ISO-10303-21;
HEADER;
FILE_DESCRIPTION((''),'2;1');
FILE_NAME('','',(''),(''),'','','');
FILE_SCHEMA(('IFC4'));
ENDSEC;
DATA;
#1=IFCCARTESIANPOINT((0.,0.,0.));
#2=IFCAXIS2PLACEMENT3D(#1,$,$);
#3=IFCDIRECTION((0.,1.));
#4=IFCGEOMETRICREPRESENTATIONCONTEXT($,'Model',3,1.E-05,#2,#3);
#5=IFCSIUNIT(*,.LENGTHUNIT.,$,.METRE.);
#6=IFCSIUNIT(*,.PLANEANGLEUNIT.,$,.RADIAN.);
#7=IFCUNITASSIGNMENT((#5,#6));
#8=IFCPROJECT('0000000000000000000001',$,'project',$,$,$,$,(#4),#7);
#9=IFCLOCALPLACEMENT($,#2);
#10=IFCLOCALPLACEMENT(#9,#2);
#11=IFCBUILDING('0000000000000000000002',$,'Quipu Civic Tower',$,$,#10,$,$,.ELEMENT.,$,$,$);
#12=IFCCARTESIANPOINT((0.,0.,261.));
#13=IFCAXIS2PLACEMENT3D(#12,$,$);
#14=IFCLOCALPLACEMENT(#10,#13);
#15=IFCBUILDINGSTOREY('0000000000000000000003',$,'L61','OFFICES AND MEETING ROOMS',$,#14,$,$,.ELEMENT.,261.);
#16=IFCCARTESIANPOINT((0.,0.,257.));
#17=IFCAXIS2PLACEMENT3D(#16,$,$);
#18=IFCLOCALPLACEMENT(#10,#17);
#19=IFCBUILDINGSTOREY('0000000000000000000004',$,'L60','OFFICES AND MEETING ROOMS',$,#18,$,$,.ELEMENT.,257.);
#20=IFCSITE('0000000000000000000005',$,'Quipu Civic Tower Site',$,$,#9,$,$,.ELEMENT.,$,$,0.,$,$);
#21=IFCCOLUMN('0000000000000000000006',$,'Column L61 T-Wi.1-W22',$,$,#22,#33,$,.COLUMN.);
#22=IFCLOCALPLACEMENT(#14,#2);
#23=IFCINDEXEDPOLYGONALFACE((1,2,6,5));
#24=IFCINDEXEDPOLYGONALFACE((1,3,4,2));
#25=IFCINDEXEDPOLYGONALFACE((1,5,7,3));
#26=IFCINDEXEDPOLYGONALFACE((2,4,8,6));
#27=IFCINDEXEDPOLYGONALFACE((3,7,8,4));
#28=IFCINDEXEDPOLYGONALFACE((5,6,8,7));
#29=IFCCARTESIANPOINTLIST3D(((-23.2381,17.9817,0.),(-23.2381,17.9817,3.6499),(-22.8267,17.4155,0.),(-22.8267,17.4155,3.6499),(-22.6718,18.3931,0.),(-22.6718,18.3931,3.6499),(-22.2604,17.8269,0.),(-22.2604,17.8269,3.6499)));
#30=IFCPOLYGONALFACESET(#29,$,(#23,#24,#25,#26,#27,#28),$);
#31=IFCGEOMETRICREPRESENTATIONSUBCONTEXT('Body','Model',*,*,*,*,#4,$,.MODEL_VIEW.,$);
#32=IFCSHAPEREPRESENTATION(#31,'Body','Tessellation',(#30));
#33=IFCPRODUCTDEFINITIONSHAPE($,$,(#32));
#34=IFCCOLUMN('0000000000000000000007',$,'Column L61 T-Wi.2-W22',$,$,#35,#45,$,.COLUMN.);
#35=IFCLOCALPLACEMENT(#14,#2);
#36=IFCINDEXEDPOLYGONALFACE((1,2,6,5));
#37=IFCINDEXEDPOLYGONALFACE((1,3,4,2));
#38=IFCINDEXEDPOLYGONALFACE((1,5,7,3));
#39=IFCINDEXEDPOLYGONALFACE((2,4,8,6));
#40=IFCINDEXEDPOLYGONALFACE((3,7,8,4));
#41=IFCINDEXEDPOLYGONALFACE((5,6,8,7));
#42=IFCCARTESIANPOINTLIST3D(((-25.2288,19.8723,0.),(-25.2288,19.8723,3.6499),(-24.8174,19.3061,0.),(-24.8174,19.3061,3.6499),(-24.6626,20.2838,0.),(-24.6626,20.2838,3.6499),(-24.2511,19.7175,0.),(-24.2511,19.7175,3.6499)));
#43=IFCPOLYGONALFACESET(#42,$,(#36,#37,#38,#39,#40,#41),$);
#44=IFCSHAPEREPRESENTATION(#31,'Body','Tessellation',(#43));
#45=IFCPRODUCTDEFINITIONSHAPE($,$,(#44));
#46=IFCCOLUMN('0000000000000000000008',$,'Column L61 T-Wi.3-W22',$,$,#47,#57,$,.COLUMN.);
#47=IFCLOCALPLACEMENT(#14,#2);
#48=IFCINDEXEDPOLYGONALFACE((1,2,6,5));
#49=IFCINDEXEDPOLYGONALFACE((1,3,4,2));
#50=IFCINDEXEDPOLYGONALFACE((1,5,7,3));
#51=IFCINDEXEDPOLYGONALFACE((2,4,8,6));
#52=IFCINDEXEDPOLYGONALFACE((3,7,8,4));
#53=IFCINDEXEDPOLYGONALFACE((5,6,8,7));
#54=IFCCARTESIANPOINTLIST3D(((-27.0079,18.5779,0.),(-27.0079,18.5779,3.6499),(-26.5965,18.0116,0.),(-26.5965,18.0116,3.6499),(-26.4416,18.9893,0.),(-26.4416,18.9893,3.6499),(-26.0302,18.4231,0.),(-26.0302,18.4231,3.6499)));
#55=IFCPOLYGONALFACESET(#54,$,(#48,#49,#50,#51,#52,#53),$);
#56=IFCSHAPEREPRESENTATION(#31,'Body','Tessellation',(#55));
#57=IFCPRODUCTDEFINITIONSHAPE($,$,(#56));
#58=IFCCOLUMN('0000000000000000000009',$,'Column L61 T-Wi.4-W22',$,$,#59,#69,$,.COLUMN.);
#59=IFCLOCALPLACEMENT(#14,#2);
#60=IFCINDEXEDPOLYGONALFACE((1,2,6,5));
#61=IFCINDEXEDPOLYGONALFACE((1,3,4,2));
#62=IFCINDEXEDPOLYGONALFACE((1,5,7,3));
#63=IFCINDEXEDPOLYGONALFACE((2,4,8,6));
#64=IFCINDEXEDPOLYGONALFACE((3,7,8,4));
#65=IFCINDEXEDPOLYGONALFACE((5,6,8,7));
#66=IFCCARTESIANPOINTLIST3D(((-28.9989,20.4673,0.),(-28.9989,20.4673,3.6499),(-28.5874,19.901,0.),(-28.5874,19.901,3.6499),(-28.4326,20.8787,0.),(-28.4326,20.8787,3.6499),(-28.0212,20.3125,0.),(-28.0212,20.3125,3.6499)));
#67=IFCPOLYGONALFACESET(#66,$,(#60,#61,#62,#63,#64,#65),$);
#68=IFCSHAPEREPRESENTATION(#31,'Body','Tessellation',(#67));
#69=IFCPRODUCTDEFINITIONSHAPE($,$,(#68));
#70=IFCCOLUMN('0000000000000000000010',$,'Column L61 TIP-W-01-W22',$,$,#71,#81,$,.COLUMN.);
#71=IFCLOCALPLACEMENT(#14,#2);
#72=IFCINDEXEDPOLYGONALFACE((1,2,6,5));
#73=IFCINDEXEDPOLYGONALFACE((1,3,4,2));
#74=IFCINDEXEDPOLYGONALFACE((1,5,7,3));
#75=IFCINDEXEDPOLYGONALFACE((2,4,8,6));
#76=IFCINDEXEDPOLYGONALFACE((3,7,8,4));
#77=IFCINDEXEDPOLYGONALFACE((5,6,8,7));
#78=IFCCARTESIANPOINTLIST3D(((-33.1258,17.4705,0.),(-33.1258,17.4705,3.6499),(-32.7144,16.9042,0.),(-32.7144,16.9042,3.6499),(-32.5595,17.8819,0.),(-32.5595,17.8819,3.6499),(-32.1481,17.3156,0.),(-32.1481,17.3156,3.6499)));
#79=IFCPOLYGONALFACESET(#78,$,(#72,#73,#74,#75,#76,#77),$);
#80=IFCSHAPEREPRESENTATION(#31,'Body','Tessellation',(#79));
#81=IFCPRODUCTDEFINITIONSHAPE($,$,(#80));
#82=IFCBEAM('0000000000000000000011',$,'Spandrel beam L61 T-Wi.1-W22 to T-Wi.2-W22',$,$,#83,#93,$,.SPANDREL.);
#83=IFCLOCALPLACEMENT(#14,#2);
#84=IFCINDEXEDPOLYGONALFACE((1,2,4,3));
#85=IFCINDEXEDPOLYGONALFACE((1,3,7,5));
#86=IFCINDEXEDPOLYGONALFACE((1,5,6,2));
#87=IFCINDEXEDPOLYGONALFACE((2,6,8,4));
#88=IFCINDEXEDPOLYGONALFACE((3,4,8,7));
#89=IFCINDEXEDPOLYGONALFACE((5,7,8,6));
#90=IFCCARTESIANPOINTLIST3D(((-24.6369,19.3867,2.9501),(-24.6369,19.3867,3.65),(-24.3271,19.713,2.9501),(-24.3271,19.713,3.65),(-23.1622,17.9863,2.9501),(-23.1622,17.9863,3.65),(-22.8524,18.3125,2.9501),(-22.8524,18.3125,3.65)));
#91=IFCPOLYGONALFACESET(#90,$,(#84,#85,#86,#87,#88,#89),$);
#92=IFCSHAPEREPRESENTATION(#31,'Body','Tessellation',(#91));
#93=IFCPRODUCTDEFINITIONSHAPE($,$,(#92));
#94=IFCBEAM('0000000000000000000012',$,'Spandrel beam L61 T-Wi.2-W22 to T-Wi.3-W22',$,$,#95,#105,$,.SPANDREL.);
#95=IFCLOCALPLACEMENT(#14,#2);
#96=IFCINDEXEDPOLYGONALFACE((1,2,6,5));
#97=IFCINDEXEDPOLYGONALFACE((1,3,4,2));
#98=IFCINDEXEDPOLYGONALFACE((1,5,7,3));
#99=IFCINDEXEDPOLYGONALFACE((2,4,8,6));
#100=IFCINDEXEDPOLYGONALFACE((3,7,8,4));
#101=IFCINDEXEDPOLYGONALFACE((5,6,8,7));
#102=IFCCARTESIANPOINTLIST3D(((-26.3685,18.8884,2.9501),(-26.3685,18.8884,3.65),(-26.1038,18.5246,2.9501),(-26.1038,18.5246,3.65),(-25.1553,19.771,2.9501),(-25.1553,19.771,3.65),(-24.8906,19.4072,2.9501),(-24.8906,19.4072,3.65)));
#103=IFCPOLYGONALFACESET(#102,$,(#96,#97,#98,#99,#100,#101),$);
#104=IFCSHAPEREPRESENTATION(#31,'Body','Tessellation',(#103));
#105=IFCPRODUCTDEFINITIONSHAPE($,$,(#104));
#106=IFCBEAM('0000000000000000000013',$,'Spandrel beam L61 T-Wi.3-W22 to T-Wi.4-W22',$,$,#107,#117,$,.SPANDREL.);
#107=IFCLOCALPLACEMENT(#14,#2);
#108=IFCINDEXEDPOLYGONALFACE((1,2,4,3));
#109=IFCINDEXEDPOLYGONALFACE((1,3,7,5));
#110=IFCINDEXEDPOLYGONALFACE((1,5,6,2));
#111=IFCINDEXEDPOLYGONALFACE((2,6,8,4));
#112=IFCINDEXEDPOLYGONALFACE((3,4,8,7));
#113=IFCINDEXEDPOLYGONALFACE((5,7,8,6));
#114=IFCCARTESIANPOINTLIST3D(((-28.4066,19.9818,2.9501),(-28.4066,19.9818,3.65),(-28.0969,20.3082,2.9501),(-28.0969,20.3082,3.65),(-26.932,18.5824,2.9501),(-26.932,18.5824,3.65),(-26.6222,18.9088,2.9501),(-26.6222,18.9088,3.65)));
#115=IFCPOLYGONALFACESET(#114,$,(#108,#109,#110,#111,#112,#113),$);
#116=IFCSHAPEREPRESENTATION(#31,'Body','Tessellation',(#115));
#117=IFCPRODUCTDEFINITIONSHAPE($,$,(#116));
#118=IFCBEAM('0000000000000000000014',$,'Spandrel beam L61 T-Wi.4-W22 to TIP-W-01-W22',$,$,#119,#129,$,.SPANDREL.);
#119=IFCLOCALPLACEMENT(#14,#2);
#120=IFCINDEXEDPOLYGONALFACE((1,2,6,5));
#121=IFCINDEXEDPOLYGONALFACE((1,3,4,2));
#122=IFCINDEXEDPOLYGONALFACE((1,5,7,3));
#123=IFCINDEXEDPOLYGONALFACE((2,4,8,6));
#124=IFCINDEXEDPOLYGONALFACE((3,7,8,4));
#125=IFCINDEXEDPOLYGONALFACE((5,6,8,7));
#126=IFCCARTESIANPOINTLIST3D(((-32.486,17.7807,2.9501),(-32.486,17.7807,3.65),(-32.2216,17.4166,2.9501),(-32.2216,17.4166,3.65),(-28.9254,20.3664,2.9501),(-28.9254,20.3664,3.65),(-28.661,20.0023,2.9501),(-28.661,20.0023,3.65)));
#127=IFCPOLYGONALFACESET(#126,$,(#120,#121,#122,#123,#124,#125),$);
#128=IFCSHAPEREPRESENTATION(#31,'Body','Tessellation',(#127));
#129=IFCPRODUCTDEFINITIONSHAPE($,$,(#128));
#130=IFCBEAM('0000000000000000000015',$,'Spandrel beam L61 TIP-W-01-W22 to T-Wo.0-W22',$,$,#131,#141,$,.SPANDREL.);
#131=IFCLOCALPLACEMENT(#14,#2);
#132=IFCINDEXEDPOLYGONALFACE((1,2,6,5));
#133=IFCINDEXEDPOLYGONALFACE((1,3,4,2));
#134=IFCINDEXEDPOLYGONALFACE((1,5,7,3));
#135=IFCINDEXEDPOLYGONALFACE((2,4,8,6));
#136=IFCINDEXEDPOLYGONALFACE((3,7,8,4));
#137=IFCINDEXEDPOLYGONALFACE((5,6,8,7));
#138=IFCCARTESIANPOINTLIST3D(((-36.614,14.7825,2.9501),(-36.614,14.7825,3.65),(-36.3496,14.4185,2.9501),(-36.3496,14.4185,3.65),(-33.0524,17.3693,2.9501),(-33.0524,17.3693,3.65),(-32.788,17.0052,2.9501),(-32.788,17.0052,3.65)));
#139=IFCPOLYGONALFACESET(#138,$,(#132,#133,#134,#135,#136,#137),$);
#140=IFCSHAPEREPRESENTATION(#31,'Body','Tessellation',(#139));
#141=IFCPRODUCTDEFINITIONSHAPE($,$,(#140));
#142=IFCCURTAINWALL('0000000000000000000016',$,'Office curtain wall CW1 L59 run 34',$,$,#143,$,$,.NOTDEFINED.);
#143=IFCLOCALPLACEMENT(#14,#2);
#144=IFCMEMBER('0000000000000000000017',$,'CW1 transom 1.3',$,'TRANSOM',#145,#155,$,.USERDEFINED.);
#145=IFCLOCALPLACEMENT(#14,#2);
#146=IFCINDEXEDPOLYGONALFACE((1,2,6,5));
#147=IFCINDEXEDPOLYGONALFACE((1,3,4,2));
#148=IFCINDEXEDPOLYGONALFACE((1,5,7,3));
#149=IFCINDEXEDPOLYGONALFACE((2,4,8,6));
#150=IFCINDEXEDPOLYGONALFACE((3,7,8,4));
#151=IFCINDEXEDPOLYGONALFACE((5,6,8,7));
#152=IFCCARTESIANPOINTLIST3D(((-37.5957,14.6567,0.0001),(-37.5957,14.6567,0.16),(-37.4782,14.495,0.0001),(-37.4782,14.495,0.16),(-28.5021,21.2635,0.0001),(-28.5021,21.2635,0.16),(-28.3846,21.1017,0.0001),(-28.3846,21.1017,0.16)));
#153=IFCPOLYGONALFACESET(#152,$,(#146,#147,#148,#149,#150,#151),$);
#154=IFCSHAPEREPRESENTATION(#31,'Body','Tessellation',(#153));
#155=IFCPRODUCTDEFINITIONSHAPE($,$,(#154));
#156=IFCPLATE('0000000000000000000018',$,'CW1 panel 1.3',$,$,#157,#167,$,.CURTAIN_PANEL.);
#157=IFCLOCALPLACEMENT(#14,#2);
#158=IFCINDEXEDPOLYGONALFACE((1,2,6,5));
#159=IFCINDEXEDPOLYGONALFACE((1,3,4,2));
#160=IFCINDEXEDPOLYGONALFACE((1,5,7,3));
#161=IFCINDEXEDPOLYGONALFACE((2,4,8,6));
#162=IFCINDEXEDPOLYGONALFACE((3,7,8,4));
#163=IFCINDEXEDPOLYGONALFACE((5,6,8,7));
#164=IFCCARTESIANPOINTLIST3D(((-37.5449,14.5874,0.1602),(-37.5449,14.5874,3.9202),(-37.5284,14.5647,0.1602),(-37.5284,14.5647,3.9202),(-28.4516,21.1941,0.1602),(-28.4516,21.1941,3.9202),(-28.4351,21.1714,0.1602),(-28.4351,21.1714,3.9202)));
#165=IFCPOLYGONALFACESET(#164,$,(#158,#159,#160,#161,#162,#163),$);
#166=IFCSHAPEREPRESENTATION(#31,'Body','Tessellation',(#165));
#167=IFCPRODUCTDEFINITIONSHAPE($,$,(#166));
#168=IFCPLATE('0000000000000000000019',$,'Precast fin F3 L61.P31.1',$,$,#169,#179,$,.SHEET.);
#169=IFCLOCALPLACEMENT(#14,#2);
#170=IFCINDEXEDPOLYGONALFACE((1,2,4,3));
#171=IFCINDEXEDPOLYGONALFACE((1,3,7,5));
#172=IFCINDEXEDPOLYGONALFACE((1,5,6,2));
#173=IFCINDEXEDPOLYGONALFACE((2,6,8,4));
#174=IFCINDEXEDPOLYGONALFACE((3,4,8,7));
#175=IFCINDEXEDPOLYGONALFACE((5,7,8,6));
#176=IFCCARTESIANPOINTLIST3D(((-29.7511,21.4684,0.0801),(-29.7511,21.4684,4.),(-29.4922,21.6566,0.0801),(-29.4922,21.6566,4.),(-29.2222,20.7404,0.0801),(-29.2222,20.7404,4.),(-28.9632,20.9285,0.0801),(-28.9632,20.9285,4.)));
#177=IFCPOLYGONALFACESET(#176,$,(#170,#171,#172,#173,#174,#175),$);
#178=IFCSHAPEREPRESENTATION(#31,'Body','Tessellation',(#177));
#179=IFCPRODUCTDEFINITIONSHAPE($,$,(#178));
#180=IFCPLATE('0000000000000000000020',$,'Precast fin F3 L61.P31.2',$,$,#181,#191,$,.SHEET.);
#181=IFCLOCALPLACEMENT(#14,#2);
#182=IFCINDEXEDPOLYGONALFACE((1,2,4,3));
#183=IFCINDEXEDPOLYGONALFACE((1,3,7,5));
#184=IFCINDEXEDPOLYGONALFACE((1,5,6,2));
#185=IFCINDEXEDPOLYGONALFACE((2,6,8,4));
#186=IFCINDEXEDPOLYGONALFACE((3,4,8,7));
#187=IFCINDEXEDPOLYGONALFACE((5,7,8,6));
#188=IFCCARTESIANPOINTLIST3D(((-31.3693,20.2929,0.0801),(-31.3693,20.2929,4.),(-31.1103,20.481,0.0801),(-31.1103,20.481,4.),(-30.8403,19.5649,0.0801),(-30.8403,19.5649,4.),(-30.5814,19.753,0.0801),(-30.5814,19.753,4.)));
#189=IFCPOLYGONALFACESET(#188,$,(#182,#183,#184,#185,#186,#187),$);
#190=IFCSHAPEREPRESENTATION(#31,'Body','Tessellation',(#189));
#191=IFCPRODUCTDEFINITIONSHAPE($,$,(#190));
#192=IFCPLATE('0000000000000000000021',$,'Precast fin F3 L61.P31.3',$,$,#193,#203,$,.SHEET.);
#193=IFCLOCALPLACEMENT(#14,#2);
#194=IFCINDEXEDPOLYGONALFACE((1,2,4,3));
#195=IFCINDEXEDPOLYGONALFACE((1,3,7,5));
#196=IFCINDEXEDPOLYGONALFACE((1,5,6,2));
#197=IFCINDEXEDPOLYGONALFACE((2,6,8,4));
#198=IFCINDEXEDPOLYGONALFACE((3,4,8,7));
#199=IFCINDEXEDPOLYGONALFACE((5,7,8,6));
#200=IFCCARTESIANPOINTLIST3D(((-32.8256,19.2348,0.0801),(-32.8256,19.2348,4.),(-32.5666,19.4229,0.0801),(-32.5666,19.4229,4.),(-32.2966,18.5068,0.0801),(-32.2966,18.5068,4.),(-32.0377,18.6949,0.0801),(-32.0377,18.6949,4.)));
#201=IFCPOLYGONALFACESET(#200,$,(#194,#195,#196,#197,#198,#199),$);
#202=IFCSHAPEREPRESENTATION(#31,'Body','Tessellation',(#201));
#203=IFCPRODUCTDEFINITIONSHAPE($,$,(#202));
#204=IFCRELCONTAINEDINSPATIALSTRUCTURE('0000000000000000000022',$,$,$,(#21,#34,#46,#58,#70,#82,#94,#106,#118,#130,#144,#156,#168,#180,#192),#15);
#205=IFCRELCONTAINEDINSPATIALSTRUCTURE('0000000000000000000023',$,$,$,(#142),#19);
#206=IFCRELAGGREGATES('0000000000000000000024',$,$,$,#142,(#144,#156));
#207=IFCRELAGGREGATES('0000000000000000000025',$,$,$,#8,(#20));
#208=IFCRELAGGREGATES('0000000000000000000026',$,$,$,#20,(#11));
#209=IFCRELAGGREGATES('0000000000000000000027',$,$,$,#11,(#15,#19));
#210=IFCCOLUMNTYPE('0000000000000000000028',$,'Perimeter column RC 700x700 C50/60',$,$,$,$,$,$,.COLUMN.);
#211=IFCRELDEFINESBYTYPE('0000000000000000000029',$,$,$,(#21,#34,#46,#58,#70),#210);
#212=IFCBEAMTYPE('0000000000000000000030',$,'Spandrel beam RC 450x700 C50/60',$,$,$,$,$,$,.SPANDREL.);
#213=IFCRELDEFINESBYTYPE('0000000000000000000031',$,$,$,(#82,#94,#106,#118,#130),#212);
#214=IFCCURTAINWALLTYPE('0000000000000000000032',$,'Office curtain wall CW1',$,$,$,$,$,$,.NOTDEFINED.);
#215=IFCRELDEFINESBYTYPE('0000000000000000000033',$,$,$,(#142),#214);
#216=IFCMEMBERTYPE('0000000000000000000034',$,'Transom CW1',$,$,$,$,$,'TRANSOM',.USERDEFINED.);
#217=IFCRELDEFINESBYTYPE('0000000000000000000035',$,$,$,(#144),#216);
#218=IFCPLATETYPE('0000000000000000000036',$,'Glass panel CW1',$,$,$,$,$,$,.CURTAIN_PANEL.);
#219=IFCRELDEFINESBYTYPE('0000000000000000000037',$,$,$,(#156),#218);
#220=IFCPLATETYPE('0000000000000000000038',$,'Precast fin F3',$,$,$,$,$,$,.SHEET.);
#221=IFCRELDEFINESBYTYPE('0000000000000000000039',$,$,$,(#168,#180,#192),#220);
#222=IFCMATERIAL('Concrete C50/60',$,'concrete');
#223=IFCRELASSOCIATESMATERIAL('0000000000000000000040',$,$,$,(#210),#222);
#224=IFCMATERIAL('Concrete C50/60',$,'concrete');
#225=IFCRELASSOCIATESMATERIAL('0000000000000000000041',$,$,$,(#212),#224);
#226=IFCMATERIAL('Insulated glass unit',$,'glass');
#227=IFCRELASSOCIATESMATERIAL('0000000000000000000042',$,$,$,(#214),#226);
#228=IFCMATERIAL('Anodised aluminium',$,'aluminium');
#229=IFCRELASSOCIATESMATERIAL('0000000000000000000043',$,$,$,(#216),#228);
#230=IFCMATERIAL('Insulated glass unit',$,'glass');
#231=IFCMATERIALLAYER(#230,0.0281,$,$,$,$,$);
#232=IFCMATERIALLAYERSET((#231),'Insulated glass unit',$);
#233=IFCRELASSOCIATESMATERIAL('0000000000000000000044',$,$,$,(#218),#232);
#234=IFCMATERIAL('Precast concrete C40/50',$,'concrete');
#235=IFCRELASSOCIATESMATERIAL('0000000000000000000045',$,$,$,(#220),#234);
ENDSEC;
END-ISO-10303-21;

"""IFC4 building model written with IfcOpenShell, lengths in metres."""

from ifc_helpers import new_model, si_unit, direction, frame, origin, origin_2d, place, context, subcontext, project, spatial, rectangle, extrude, material, layer, layer_set, material_profile, profile_set, type_object, element, aggregate, save


model = new_model("IFC4")

# Units and contexts
model_context = context("Model", 3, precision=1e-05, world=origin(), true_north=direction((0.0, 1.0)))
body_context = subcontext(model_context, "Body", "Model", "MODEL_VIEW")
ifc_project = project(units=[si_unit("LENGTHUNIT", "METRE"), si_unit("PLANEANGLEUNIT", "RADIAN")], contexts=[model_context])

# Site, building, storey
site_placement = place(None, origin())
site = spatial("IfcSite", under=ifc_project, at=site_placement, Name="Quipu Civic Tower Site", CompositionType="ELEMENT", RefElevation=0.0)
building_placement = place(site_placement, origin())
building = spatial("IfcBuilding", under=site, at=building_placement, Name="Quipu Civic Tower", CompositionType="ELEMENT")
storey_1_placement = place(building_placement, frame((0.0, 0.0, 261.0)))
storey_1 = spatial("IfcBuildingStorey", under=building, at=storey_1_placement, Name="L61", Description="OFFICES AND MEETING ROOMS", CompositionType="ELEMENT", Elevation=261.0)

# Columns
ifc_material_1 = material(Name="Concrete C50/60", Category="concrete")
ifc_material_profile_1 = material_profile(ifc_material_1, rectangle(XDim=0.7, YDim=0.7, at=origin_2d()), Name="RC700x700")
ifc_profile_set_1 = profile_set([ifc_material_profile_1], Name="Concrete C50/60")
column_type = type_object("IfcColumnType", Name="Perimeter column RC 700x700 C50/60", PredefinedType="COLUMN", material=ifc_profile_set_1)
for number, where, z_axis, x_axis, name in (
    (1, (-22.7493, 17.9043, 0.0), (0.0, 0.0, 1.0), (-0.587785, 0.809017, 0.0), "Column L61 T-Wi.1-W22"),
    (2, (-24.74, 19.7949, 0.0), (0.0, 0.0, 1.0), (-0.587785, 0.809017, 0.0), "Column L61 T-Wi.2-W22"),
    (3, (-26.519, 18.5005, 0.0), (0.0, 0.0, 1.0), (-0.587785, 0.809017, 0.0), "Column L61 T-Wi.3-W22"),
    (4, (-28.51, 20.3899, 0.0), (0.0, 0.0, 1.0), (-0.809017, -0.587785, 0.0), "Column L61 T-Wi.4-W22"),
    (5, (-32.637, 17.3931, 0.0), (0.0, 0.0, 1.0), (-0.809017, -0.587785, 0.0), "Column L61 TIP-W-01-W22"),
):
    element("IfcColumn", number, at=place(storey_1_placement, frame(where, z_axis=z_axis, x_axis=x_axis)), inside=storey_1, type_object=column_type, Name=name, PredefinedType="COLUMN", context=body_context, shape_type="SweptSolid", body=[
        extrude(rectangle(XDim=0.7, YDim=0.7, at=origin_2d()), origin(), (0.0, 0.0, 1.0), 3.6499),
    ])

# Beams
ifc_material_2 = material(Name="Concrete C50/60", Category="concrete")
ifc_material_profile_2 = material_profile(ifc_material_2, rectangle(XDim=0.45, YDim=0.7, at=origin_2d()), Name="RC450x700")
ifc_profile_set_2 = profile_set([ifc_material_profile_2], Name="Concrete C50/60")
beam_type = type_object("IfcBeamType", Name="Spandrel beam RC 450x700 C50/60", PredefinedType="SPANDREL", material=ifc_profile_set_2)
beam_1_placement = place(storey_1_placement, frame((-23.0073, 18.1494, 3.3), z_axis=(-0.725119, 0.688623, 0.0), x_axis=(-0.688623, -0.725119, 0.0)))
element("IfcBeam", 6, at=beam_1_placement, inside=storey_1, type_object=beam_type, Name="Spandrel beam L61 T-Wi.1-W22 to T-Wi.2-W22", PredefinedType="SPANDREL", context=body_context, shape_type="SweptSolid", body=[
    extrude(rectangle(XDim=0.45, YDim=0.7, at=origin_2d()), origin(), (0.0, 0.0, 1.0), 2.0337),
])
beam_2_placement = place(storey_1_placement, frame((-25.0229, 19.5891, 3.3), z_axis=(-0.808645, -0.588297, 0.0), x_axis=(0.588297, -0.808645, 0.0)))
element("IfcBeam", 7, at=beam_2_placement, inside=storey_1, type_object=beam_type, Name="Spandrel beam L61 T-Wi.2-W22 to T-Wi.3-W22", PredefinedType="SPANDREL", context=body_context, shape_type="SweptSolid", body=[
    extrude(rectangle(XDim=0.45, YDim=0.7, at=origin_2d()), origin(), (0.0, 0.0, 1.0), 1.5002),
])
beam_3_placement = place(storey_1_placement, frame((-26.7771, 18.7456, 3.3), z_axis=(-0.725359, 0.688371, 0.0), x_axis=(-0.688371, -0.725359, 0.0)))
element("IfcBeam", 8, at=beam_3_placement, inside=storey_1, type_object=beam_type, Name="Spandrel beam L61 T-Wi.3-W22 to T-Wi.4-W22", PredefinedType="SPANDREL", context=body_context, shape_type="SweptSolid", body=[
    extrude(rectangle(XDim=0.45, YDim=0.7, at=origin_2d()), origin(), (0.0, 0.0, 1.0), 2.033),
])
beam_4_placement = place(storey_1_placement, frame((-28.7932, 20.1843, 3.3), z_axis=(-0.809146, -0.587607, 0.0), x_axis=(0.587607, -0.809146, 0.0)))
element("IfcBeam", 9, at=beam_4_placement, inside=storey_1, type_object=beam_type, Name="Spandrel beam L61 T-Wi.4-W22 to TIP-W-01-W22", PredefinedType="SPANDREL", context=body_context, shape_type="SweptSolid", body=[
    extrude(rectangle(XDim=0.45, YDim=0.7, at=origin_2d()), origin(), (0.0, 0.0, 1.0), 4.4004),
])
beam_5_placement = place(storey_1_placement, frame((-32.9202, 17.1873, 3.3), z_axis=(-0.809117, -0.587647, 0.0), x_axis=(0.587647, -0.809117, 0.0)))
element("IfcBeam", 10, at=beam_5_placement, inside=storey_1, type_object=beam_type, Name="Spandrel beam L61 TIP-W-01-W22 to T-Wo.0-W22", PredefinedType="SPANDREL", context=body_context, shape_type="SweptSolid", body=[
    extrude(rectangle(XDim=0.45, YDim=0.7, at=origin_2d()), origin(), (0.0, 0.0, 1.0), 4.4019),
])

# Shared definitions
storey_2_placement = place(building_placement, frame((0.0, 0.0, 257.0)))
storey_2 = spatial("IfcBuildingStorey", under=building, at=storey_2_placement, Name="L60", Description="OFFICES AND MEETING ROOMS", CompositionType="ELEMENT", Elevation=257.0)

# Curtain wall, member, plate
ifc_material_3 = material(Name="Insulated glass unit", Category="glass")
curtain_wall_type = type_object("IfcCurtainWallType", Name="Office curtain wall CW1", PredefinedType="NOTDEFINED", material=ifc_material_3)
curtain_wall_placement = place(storey_2_placement, origin())
curtain_wall = element("IfcCurtainWall", 11, at=curtain_wall_placement, inside=storey_2, type_object=curtain_wall_type, Name="Office curtain wall CW1 L59 run 34", PredefinedType="NOTDEFINED")
ifc_material_4 = material(Name="Anodised aluminium", Category="aluminium")
ifc_material_profile_3 = material_profile(ifc_material_4, rectangle(XDim=0.2, YDim=0.1599, at=origin_2d()), Name="RECT 200x160")
ifc_profile_set_3 = profile_set([ifc_material_profile_3], Name="Anodised aluminium")
member_type = type_object("IfcMemberType", Name="Transom CW1", ElementType="TRANSOM", PredefinedType="USERDEFINED", material=ifc_profile_set_3)
member_placement = place(storey_1_placement, frame((-28.4434, 21.1826, 0.0801), z_axis=(-0.809022, -0.587778, 0.0), x_axis=(0.587778, -0.809022, 0.0)))
member = element("IfcMember", 12, at=member_placement, inside=storey_1, type_object=member_type, Name="CW1 transom 1.3", ObjectType="TRANSOM", PredefinedType="USERDEFINED", context=body_context, shape_type="SweptSolid", body=[
    extrude(rectangle(XDim=0.2, YDim=0.1599, at=origin_2d()), origin(), (0.0, 0.0, 1.0), 11.2402),
])
ifc_material_5 = material(Name="Insulated glass unit", Category="glass")
ifc_layer_1 = layer(ifc_material_5, 0.0281)
ifc_layer_set_1 = layer_set([ifc_layer_1], Name="Insulated glass unit")
plate_type_1 = type_object("IfcPlateType", Name="Glass panel CW1", PredefinedType="CURTAIN_PANEL", material=ifc_layer_set_1)
plate_placement = place(storey_1_placement, frame((-32.99, 17.8794, 0.1602), z_axis=(0.0, 0.0, 1.0), x_axis=(-0.809015, -0.587788, 0.0)))
plate = element("IfcPlate", 13, at=plate_placement, inside=storey_1, type_object=plate_type_1, Name="CW1 panel 1.3", PredefinedType="CURTAIN_PANEL", context=body_context, shape_type="SweptSolid", body=[
    extrude(rectangle(XDim=11.24, YDim=0.0281, at=origin_2d()), origin(), (0.0, 0.0, 1.0), 3.76),
])
aggregate(curtain_wall, [member, plate])

# Plates
ifc_material_6 = material(Name="Precast concrete C40/50", Category="concrete")
plate_type_2 = type_object("IfcPlateType", Name="Precast fin F3", PredefinedType="SHEET", material=ifc_material_6)
for number, where, z_axis, x_axis, name in (
    (14, (-29.3572, 21.1985, 0.0801), (0.0, 0.0, 1.0), (-0.809017, -0.587785, 0.0), "Precast fin F3 L61.P31.1"),
    (15, (-30.9753, 20.0229, 0.0801), (0.0, 0.0, 1.0), (-0.809017, -0.587785, 0.0), "Precast fin F3 L61.P31.2"),
    (16, (-32.4316, 18.9648, 0.0801), (0.0, 0.0, 1.0), (-0.809017, -0.587785, 0.0), "Precast fin F3 L61.P31.3"),
):
    element("IfcPlate", number, at=place(storey_1_placement, frame(where, z_axis=z_axis, x_axis=x_axis)), inside=storey_1, type_object=plate_type_2, Name=name, PredefinedType="SHEET", context=body_context, shape_type="SweptSolid", body=[
        extrude(rectangle(XDim=0.3201, YDim=0.8999, at=origin_2d()), origin(), (0.0, 0.0, 1.0), 3.9199),
    ])

save(model, "model.ifc")
